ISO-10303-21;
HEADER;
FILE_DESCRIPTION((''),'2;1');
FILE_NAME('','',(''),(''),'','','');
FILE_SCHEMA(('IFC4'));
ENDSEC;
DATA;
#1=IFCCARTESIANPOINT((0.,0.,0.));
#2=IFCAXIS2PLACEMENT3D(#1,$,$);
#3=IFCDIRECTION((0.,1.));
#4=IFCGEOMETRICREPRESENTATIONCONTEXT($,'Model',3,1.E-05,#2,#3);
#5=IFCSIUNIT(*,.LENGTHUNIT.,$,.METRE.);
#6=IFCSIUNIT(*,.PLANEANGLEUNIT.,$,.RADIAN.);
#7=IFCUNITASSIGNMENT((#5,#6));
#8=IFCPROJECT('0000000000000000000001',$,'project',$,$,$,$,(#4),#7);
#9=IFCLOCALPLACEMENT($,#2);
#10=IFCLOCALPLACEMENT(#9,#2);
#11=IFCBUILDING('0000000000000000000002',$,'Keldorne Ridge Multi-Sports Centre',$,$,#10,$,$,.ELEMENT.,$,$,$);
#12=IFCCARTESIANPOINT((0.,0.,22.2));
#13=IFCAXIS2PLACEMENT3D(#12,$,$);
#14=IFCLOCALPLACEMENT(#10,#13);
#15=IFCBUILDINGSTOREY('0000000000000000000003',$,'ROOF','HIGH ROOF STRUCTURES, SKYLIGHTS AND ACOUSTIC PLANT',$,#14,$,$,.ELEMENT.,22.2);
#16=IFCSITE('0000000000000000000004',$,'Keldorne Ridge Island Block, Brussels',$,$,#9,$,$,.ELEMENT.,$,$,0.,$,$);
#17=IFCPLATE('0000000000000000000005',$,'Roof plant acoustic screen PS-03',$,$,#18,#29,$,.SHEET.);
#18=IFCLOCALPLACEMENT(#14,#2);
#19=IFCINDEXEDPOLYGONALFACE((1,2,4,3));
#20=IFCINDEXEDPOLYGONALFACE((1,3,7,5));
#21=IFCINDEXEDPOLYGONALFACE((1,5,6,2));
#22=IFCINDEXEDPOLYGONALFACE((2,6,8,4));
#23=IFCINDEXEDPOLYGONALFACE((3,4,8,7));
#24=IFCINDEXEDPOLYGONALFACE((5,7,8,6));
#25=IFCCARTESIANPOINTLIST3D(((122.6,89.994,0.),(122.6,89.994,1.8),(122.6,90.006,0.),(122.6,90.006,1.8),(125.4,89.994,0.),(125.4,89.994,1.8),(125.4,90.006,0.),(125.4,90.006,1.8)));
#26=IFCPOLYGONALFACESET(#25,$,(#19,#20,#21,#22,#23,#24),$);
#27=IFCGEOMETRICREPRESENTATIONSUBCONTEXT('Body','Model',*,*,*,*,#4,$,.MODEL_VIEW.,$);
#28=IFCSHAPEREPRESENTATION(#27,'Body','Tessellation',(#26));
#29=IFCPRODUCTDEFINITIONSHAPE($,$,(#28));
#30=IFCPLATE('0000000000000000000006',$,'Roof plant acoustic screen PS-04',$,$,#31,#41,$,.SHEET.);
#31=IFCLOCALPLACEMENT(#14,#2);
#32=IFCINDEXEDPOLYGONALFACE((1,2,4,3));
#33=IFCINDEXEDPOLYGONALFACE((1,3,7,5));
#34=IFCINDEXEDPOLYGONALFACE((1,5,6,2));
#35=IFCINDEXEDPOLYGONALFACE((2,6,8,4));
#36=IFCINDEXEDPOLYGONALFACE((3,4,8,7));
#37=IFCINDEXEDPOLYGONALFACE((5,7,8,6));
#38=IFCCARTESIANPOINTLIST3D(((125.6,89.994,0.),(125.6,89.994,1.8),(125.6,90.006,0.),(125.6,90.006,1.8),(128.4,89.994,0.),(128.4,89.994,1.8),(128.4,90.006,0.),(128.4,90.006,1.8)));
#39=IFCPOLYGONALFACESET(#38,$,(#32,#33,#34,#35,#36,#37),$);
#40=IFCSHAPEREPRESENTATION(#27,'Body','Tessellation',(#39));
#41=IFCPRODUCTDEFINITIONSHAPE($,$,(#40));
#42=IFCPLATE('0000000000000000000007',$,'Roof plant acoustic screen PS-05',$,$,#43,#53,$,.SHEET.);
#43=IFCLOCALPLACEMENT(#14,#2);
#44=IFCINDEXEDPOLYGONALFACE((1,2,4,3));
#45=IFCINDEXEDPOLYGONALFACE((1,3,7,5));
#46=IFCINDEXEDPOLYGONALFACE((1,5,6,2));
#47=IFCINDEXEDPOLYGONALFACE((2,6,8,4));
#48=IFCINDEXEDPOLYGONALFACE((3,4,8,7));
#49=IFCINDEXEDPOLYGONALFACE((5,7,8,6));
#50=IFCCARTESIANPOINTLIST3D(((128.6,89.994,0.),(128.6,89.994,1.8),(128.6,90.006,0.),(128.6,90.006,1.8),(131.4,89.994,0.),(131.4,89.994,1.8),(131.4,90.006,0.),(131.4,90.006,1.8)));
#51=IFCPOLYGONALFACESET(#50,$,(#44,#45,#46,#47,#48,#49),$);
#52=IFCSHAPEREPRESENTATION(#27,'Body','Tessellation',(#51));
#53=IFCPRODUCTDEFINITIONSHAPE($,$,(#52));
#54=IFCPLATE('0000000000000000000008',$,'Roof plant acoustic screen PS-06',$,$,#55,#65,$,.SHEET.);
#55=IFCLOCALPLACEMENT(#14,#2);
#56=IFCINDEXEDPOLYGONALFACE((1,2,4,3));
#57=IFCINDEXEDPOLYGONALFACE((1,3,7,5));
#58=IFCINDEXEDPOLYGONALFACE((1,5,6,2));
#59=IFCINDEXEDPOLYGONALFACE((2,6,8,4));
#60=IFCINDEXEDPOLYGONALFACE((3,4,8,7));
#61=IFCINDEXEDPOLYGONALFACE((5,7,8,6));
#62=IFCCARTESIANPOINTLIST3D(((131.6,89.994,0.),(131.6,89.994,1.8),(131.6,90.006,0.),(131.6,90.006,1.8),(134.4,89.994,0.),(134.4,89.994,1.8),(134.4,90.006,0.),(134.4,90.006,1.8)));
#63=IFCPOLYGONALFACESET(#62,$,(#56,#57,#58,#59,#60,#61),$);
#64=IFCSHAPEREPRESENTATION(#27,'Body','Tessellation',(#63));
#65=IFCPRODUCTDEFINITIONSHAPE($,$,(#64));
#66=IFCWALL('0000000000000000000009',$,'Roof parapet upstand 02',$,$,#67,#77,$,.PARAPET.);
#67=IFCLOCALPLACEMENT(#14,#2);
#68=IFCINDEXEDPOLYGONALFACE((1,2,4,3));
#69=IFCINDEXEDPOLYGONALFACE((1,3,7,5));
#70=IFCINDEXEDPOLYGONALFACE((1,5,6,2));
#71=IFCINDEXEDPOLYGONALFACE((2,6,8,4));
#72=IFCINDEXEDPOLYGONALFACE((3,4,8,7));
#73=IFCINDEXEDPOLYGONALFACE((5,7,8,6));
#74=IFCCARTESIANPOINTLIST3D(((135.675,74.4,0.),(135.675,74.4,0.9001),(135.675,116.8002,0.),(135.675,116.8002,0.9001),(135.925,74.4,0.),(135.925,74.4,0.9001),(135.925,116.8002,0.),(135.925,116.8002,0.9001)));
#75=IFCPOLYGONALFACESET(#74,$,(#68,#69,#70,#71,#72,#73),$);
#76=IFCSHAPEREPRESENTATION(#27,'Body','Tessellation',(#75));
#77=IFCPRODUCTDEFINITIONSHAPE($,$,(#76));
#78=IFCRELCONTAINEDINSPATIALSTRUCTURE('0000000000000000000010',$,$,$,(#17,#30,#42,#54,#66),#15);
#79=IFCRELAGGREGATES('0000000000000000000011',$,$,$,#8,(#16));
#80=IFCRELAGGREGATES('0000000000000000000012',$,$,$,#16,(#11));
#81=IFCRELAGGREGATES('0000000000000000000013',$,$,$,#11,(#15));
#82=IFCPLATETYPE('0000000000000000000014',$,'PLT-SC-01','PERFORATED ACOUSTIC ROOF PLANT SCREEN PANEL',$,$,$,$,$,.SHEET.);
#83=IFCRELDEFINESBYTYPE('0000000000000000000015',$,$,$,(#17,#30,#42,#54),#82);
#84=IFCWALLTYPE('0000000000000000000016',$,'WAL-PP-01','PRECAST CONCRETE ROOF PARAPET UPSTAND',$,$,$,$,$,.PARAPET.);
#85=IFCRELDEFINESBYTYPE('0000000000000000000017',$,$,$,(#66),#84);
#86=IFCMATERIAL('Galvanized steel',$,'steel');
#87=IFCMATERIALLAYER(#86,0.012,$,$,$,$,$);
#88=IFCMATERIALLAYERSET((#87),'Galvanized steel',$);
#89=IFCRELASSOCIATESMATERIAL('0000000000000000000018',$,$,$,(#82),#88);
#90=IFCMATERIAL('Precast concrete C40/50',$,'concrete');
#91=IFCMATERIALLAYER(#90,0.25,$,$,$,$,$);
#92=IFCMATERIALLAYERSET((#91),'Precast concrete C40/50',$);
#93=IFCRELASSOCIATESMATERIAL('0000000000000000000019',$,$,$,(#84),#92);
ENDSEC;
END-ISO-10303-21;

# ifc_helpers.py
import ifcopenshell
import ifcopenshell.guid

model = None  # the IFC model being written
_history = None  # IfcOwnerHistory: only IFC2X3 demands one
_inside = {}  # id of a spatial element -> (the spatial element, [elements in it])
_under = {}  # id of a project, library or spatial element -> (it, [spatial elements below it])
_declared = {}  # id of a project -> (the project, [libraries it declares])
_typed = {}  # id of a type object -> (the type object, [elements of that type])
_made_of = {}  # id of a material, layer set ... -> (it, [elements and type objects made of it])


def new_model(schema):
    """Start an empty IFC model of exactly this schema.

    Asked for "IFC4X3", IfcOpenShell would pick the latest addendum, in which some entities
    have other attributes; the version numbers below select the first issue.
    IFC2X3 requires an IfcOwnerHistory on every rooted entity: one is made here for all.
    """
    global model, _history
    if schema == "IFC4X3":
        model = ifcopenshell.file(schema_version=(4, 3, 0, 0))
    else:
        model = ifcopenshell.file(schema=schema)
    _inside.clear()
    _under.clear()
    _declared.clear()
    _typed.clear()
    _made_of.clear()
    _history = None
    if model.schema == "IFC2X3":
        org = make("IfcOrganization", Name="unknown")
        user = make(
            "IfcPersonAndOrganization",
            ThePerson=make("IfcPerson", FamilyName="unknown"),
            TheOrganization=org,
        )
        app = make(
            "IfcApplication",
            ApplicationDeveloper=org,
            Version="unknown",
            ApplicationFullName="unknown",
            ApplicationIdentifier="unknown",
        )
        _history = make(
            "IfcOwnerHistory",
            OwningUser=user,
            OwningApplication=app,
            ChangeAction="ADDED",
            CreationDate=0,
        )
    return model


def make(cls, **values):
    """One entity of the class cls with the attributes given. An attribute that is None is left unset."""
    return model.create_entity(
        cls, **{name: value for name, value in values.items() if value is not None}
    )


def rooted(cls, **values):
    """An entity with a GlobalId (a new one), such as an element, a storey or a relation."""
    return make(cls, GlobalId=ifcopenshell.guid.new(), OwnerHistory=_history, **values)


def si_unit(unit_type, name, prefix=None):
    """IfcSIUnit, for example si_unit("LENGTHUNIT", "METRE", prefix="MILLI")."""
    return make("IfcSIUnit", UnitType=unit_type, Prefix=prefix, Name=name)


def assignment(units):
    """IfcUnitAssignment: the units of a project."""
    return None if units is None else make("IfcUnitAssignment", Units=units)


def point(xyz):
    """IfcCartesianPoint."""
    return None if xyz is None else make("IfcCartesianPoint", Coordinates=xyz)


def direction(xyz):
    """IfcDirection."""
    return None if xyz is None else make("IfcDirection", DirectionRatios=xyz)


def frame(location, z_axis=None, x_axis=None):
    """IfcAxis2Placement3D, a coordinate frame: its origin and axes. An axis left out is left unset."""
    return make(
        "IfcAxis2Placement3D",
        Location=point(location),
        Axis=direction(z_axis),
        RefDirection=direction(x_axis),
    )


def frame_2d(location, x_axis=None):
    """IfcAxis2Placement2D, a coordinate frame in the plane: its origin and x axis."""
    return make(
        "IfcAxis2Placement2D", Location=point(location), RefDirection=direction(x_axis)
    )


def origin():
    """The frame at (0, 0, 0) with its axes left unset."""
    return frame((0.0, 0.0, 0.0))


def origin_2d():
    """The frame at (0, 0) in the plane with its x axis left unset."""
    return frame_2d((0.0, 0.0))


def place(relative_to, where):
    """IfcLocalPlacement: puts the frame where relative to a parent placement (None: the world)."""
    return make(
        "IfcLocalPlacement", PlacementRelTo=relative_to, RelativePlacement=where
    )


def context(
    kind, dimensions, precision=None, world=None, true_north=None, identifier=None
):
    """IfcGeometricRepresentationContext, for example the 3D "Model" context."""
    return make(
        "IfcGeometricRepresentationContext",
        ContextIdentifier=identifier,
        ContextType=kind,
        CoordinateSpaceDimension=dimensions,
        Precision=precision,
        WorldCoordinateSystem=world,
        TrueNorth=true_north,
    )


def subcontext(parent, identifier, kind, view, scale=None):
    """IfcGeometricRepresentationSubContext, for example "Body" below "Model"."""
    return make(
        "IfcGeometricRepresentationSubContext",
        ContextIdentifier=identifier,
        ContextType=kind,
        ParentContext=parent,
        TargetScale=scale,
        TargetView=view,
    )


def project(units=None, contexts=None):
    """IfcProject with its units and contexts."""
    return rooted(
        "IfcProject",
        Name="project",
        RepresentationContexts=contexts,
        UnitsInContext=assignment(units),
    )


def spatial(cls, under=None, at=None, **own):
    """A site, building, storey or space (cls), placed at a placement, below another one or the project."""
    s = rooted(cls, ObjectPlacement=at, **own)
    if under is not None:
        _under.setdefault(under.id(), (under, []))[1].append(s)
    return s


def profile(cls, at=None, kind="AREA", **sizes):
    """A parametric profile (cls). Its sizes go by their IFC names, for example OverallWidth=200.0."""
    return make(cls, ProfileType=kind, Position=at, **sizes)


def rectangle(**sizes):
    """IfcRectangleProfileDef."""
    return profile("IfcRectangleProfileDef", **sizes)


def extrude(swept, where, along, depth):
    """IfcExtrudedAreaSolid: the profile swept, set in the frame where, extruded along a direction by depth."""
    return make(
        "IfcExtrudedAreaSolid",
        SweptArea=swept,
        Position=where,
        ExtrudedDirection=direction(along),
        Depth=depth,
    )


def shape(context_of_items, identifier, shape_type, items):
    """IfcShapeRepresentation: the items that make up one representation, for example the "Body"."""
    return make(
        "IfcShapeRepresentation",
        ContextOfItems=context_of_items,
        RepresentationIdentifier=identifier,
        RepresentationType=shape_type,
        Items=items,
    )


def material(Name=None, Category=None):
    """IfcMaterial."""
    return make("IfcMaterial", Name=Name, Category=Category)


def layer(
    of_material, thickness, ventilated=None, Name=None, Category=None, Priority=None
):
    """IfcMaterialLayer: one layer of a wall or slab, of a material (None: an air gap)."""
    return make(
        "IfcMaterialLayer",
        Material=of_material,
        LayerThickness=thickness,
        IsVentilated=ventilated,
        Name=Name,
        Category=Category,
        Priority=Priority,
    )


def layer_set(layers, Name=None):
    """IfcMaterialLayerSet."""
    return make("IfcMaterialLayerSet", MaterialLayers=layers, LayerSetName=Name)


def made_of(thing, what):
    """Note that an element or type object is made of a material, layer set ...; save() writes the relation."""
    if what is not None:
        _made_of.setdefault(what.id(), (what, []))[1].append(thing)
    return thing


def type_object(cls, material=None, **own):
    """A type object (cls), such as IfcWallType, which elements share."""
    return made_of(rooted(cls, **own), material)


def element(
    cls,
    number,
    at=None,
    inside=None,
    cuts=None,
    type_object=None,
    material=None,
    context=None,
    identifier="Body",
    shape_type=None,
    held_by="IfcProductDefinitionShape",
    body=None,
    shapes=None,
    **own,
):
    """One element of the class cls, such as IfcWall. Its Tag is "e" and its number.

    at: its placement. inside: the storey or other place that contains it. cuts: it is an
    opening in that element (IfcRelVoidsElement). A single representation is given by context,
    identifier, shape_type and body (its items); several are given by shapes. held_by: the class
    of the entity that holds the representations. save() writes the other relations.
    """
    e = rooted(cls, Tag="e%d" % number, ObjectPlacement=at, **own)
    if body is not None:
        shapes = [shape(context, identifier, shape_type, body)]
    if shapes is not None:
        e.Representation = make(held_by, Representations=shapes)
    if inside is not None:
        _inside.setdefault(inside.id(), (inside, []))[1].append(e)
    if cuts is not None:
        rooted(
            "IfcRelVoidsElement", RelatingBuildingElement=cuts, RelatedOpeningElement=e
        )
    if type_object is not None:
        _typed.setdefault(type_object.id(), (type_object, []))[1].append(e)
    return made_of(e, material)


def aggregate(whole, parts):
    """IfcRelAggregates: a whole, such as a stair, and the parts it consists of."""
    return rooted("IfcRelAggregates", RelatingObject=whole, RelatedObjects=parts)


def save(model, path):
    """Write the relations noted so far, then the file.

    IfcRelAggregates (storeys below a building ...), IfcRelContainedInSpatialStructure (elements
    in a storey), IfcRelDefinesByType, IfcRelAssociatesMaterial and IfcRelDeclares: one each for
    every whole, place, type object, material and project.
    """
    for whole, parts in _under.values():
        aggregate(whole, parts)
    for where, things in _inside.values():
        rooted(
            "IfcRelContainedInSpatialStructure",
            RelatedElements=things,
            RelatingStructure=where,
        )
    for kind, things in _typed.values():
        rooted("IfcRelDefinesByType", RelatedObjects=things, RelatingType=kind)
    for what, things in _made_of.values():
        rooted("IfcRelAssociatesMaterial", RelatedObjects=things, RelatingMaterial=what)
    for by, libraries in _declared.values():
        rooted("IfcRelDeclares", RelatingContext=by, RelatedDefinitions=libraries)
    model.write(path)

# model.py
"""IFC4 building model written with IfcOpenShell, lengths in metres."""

from ifc_helpers import new_model, si_unit, direction, frame, frame_2d, origin, origin_2d, place, context, subcontext, project, spatial, rectangle, extrude, material, layer, layer_set, type_object, element, save


model = new_model("IFC4")

# Units and contexts
model_context = context("Model", 3, precision=1e-05, world=origin(), true_north=direction((0.0, 1.0)))
body_context = subcontext(model_context, "Body", "Model", "MODEL_VIEW")
ifc_project = project(units=[si_unit("LENGTHUNIT", "METRE"), si_unit("PLANEANGLEUNIT", "RADIAN")], contexts=[model_context])

# Site, building, storey
site_placement = place(None, origin())
site = spatial("IfcSite", under=ifc_project, at=site_placement, Name="Keldorne Ridge Island Block, Brussels", CompositionType="ELEMENT", RefElevation=0.0)
building_placement = place(site_placement, origin())
building = spatial("IfcBuilding", under=site, at=building_placement, Name="Keldorne Ridge Multi-Sports Centre", CompositionType="ELEMENT")
storey_placement = place(building_placement, frame((0.0, 0.0, 22.2)))
storey = spatial("IfcBuildingStorey", under=building, at=storey_placement, Name="ROOF", Description="HIGH ROOF STRUCTURES, SKYLIGHTS AND ACOUSTIC PLANT", CompositionType="ELEMENT", Elevation=22.2)

# Plates
ifc_material_1 = material(Name="Galvanized steel", Category="steel")
ifc_layer_1 = layer(ifc_material_1, 0.012)
ifc_layer_set_1 = layer_set([ifc_layer_1], Name="Galvanized steel")
plate_type = type_object("IfcPlateType", Name="PLT-SC-01", Description="PERFORATED ACOUSTIC ROOF PLANT SCREEN PANEL", PredefinedType="SHEET", material=ifc_layer_set_1)
for number, where, z_axis, x_axis, name in (
    (1, (124.0, 90.0, 0.0), (0.0, 0.0, 1.0), (1.0, 0.0, 0.0), "Roof plant acoustic screen PS-03"),
    (2, (127.0, 90.0, 0.0), (0.0, 0.0, 1.0), (1.0, 0.0, 0.0), "Roof plant acoustic screen PS-04"),
    (3, (130.0, 90.0, 0.0), (0.0, 0.0, 1.0), (1.0, 0.0, 0.0), "Roof plant acoustic screen PS-05"),
    (4, (133.0, 90.0, 0.0), (0.0, 0.0, 1.0), (1.0, 0.0, 0.0), "Roof plant acoustic screen PS-06"),
):
    element("IfcPlate", number, at=place(storey_placement, frame(where, z_axis=z_axis, x_axis=x_axis)), inside=storey, type_object=plate_type, Name=name, PredefinedType="SHEET", context=body_context, shape_type="SweptSolid", body=[
        extrude(rectangle(XDim=2.8, YDim=0.012, at=origin_2d()), origin(), (0.0, 0.0, 1.0), 1.8),
    ])

# Wall
ifc_material_2 = material(Name="Precast concrete C40/50", Category="concrete")
ifc_layer_2 = layer(ifc_material_2, 0.25)
ifc_layer_set_2 = layer_set([ifc_layer_2], Name="Precast concrete C40/50")
wall_type = type_object("IfcWallType", Name="WAL-PP-01", Description="PRECAST CONCRETE ROOF PARAPET UPSTAND", PredefinedType="PARAPET", material=ifc_layer_set_2)
wall_placement = place(storey_placement, frame((135.8, 74.3999, 0.0), z_axis=(0.0, 0.0, 1.0), x_axis=(0.0, 1.0, 0.0)))
element("IfcWall", 5, at=wall_placement, inside=storey, type_object=wall_type, Name="Roof parapet upstand 02", PredefinedType="PARAPET", context=body_context, shape_type="SweptSolid", body=[
    extrude(rectangle(XDim=42.4001, YDim=0.25, at=frame_2d((21.2002, 0.0))), origin(), (0.0, 0.0, 1.0), 0.9001),
])

save(model, "model.ifc")
